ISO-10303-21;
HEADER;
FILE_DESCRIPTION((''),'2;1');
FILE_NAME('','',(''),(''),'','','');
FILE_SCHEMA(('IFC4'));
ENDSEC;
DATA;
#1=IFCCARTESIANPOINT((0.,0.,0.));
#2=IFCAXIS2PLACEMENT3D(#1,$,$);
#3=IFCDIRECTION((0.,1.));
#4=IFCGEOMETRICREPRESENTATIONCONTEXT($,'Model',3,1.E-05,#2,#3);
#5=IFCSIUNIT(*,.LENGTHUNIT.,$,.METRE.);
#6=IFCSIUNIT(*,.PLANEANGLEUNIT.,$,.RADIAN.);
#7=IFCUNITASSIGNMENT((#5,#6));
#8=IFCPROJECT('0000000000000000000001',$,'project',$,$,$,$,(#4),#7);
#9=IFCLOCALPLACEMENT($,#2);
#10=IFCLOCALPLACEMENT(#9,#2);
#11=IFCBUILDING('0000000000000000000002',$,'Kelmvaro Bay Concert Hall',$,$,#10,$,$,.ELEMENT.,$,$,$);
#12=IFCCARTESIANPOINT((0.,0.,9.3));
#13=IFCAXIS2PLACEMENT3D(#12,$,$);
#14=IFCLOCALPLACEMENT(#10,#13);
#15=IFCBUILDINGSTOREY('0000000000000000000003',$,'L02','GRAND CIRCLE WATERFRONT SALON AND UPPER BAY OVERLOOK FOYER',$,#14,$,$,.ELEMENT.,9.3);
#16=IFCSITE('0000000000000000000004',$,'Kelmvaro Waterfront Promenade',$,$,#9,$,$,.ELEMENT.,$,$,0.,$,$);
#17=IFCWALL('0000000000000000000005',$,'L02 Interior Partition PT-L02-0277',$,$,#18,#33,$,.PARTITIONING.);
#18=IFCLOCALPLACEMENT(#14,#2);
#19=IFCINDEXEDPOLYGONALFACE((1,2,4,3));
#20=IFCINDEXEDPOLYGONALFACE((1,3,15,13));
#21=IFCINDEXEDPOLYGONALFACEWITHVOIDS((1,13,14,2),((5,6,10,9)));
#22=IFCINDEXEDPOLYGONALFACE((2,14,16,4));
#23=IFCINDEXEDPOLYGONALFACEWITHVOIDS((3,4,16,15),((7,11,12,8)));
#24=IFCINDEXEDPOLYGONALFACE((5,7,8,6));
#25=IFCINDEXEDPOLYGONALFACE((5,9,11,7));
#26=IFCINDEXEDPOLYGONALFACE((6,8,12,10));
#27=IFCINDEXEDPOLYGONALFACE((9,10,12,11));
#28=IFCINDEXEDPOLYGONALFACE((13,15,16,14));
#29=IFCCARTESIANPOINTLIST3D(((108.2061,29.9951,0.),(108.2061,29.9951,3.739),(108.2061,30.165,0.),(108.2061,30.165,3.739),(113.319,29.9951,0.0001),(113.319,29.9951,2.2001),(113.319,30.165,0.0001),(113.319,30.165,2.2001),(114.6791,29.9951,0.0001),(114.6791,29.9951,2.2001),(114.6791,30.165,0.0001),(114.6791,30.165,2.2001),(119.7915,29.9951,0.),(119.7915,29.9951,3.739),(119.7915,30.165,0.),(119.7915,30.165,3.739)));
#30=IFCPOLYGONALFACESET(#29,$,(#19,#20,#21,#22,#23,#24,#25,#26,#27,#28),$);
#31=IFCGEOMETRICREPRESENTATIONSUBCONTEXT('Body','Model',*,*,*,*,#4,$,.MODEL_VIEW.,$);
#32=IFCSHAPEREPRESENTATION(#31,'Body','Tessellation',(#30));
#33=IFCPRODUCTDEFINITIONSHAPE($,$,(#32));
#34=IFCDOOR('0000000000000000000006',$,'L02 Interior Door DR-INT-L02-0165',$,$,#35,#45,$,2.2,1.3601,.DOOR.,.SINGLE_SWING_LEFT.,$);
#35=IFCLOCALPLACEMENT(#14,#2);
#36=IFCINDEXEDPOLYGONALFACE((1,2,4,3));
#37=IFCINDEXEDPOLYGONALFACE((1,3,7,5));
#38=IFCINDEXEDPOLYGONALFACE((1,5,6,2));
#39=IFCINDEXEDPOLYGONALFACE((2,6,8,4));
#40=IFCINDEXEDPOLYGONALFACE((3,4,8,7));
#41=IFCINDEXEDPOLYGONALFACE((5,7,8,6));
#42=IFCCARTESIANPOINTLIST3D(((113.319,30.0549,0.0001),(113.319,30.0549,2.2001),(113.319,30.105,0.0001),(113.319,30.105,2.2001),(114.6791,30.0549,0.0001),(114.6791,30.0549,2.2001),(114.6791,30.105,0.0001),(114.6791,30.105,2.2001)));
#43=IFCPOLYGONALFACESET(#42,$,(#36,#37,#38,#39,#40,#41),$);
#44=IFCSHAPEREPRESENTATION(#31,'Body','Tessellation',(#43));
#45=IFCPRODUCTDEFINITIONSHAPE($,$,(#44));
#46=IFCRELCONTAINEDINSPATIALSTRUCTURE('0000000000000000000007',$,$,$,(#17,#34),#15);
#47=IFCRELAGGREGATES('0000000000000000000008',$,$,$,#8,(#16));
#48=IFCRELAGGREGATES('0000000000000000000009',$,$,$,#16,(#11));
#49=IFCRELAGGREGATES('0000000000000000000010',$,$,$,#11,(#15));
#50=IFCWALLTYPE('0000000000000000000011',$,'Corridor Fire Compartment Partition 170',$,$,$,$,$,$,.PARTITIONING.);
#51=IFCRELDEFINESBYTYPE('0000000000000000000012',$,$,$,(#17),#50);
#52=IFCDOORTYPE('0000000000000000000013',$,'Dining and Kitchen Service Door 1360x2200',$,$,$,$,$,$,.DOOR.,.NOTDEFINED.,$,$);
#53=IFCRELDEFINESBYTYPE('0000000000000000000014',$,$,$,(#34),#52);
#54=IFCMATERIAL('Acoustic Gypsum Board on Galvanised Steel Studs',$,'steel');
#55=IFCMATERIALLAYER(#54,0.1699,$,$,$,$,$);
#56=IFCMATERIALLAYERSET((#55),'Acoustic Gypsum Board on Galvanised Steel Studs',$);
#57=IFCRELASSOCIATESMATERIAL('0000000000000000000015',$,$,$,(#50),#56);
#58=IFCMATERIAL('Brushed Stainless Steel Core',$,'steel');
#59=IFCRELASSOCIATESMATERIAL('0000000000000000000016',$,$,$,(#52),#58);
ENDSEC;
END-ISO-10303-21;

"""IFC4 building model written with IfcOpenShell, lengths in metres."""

from ifc_helpers import new_model, si_unit, direction, frame, frame_2d, origin, place, context, subcontext, project, spatial, rectangle, extrude, material, layer, layer_set, type_object, element, fill, save


model = new_model("IFC4")

# Units and contexts
model_context = context("Model", 3, precision=1e-05, world=origin(), true_north=direction((0.0, 1.0)))
body_context = subcontext(model_context, "Body", "Model", "MODEL_VIEW")
ifc_project = project(units=[si_unit("LENGTHUNIT", "METRE"), si_unit("PLANEANGLEUNIT", "RADIAN")], contexts=[model_context])

# Site, building, storey
site_placement = place(None, origin())
site = spatial("IfcSite", under=ifc_project, at=site_placement, Name="Kelmvaro Waterfront Promenade", CompositionType="ELEMENT", RefElevation=0.0)
building_placement = place(site_placement, origin())
building = spatial("IfcBuilding", under=site, at=building_placement, Name="Kelmvaro Bay Concert Hall", CompositionType="ELEMENT")
storey_placement = place(building_placement, frame((0.0, 0.0, 9.3)))
storey = spatial("IfcBuildingStorey", under=building, at=storey_placement, Name="L02", Description="GRAND CIRCLE WATERFRONT SALON AND UPPER BAY OVERLOOK FOYER", CompositionType="ELEMENT", Elevation=9.3)

# Shared definitions
ifc_material_1 = material(Name="Acoustic Gypsum Board on Galvanised Steel Studs", Category="steel")
ifc_layer_1 = layer(ifc_material_1, 0.1699)
ifc_layer_set_1 = layer_set([ifc_layer_1], Name="Acoustic Gypsum Board on Galvanised Steel Studs")
wall_type = type_object("IfcWallType", Name="Corridor Fire Compartment Partition 170", PredefinedType="PARTITIONING", material=ifc_layer_set_1)
ifc_material_2 = material(Name="Brushed Stainless Steel Core", Category="steel")
door_type = type_object("IfcDoorType", Name="Dining and Kitchen Service Door 1360x2200", OperationType="NOTDEFINED", PredefinedType="DOOR", material=ifc_material_2)

# Wall, opening, door
wall_1_placement = place(storey_placement, frame((108.2061, 30.0801, 0.0), z_axis=(0.0, 0.0, 1.0), x_axis=(1.0, 0.0, 0.0)))
wall_1 = element("IfcWall", 1, at=wall_1_placement, inside=storey, type_object=wall_type, Name="L02 Interior Partition PT-L02-0277", PredefinedType="PARTITIONING", context=body_context, shape_type="SweptSolid", body=[
    extrude(rectangle(XDim=11.5854, YDim=0.1699, at=frame_2d((5.7927, 0.0))), origin(), (0.0, 0.0, 1.0), 3.739),
])
opening_1_placement = place(wall_1_placement, frame((5.1128, 0.0, 0.0)))
opening_1 = element("IfcOpeningElement", 2, at=opening_1_placement, cuts=wall_1, PredefinedType="OPENING", context=body_context, shape_type="SweptSolid", body=[
    extrude(rectangle(XDim=1.3601, YDim=2.2, at=frame_2d((0.6802, 1.1001))), frame((0.0, 0.095, 0.0), z_axis=(0.0, -1.0, 0.0), x_axis=(1.0, 0.0, 0.0)), (0.0, 0.0, 1.0), 0.1899),
])
door_1_placement = place(opening_1_placement, origin())
door_1 = element("IfcDoor", 3, at=door_1_placement, inside=storey, type_object=door_type, Name="L02 Interior Door DR-INT-L02-0165", OperationType="SINGLE_SWING_LEFT", OverallHeight=2.2, OverallWidth=1.3601, PredefinedType="DOOR", context=body_context, shape_type="SweptSolid", body=[
    extrude(rectangle(XDim=1.3601, YDim=2.2, at=frame_2d((0.6802, 1.1001))), frame((0.0, 0.0249, 0.0), z_axis=(0.0, -1.0, 0.0), x_axis=(1.0, 0.0, 0.0)), (0.0, 0.0, 1.0), 0.05),
])
fill(opening_1, door_1)

save(model, "model.ifc")
